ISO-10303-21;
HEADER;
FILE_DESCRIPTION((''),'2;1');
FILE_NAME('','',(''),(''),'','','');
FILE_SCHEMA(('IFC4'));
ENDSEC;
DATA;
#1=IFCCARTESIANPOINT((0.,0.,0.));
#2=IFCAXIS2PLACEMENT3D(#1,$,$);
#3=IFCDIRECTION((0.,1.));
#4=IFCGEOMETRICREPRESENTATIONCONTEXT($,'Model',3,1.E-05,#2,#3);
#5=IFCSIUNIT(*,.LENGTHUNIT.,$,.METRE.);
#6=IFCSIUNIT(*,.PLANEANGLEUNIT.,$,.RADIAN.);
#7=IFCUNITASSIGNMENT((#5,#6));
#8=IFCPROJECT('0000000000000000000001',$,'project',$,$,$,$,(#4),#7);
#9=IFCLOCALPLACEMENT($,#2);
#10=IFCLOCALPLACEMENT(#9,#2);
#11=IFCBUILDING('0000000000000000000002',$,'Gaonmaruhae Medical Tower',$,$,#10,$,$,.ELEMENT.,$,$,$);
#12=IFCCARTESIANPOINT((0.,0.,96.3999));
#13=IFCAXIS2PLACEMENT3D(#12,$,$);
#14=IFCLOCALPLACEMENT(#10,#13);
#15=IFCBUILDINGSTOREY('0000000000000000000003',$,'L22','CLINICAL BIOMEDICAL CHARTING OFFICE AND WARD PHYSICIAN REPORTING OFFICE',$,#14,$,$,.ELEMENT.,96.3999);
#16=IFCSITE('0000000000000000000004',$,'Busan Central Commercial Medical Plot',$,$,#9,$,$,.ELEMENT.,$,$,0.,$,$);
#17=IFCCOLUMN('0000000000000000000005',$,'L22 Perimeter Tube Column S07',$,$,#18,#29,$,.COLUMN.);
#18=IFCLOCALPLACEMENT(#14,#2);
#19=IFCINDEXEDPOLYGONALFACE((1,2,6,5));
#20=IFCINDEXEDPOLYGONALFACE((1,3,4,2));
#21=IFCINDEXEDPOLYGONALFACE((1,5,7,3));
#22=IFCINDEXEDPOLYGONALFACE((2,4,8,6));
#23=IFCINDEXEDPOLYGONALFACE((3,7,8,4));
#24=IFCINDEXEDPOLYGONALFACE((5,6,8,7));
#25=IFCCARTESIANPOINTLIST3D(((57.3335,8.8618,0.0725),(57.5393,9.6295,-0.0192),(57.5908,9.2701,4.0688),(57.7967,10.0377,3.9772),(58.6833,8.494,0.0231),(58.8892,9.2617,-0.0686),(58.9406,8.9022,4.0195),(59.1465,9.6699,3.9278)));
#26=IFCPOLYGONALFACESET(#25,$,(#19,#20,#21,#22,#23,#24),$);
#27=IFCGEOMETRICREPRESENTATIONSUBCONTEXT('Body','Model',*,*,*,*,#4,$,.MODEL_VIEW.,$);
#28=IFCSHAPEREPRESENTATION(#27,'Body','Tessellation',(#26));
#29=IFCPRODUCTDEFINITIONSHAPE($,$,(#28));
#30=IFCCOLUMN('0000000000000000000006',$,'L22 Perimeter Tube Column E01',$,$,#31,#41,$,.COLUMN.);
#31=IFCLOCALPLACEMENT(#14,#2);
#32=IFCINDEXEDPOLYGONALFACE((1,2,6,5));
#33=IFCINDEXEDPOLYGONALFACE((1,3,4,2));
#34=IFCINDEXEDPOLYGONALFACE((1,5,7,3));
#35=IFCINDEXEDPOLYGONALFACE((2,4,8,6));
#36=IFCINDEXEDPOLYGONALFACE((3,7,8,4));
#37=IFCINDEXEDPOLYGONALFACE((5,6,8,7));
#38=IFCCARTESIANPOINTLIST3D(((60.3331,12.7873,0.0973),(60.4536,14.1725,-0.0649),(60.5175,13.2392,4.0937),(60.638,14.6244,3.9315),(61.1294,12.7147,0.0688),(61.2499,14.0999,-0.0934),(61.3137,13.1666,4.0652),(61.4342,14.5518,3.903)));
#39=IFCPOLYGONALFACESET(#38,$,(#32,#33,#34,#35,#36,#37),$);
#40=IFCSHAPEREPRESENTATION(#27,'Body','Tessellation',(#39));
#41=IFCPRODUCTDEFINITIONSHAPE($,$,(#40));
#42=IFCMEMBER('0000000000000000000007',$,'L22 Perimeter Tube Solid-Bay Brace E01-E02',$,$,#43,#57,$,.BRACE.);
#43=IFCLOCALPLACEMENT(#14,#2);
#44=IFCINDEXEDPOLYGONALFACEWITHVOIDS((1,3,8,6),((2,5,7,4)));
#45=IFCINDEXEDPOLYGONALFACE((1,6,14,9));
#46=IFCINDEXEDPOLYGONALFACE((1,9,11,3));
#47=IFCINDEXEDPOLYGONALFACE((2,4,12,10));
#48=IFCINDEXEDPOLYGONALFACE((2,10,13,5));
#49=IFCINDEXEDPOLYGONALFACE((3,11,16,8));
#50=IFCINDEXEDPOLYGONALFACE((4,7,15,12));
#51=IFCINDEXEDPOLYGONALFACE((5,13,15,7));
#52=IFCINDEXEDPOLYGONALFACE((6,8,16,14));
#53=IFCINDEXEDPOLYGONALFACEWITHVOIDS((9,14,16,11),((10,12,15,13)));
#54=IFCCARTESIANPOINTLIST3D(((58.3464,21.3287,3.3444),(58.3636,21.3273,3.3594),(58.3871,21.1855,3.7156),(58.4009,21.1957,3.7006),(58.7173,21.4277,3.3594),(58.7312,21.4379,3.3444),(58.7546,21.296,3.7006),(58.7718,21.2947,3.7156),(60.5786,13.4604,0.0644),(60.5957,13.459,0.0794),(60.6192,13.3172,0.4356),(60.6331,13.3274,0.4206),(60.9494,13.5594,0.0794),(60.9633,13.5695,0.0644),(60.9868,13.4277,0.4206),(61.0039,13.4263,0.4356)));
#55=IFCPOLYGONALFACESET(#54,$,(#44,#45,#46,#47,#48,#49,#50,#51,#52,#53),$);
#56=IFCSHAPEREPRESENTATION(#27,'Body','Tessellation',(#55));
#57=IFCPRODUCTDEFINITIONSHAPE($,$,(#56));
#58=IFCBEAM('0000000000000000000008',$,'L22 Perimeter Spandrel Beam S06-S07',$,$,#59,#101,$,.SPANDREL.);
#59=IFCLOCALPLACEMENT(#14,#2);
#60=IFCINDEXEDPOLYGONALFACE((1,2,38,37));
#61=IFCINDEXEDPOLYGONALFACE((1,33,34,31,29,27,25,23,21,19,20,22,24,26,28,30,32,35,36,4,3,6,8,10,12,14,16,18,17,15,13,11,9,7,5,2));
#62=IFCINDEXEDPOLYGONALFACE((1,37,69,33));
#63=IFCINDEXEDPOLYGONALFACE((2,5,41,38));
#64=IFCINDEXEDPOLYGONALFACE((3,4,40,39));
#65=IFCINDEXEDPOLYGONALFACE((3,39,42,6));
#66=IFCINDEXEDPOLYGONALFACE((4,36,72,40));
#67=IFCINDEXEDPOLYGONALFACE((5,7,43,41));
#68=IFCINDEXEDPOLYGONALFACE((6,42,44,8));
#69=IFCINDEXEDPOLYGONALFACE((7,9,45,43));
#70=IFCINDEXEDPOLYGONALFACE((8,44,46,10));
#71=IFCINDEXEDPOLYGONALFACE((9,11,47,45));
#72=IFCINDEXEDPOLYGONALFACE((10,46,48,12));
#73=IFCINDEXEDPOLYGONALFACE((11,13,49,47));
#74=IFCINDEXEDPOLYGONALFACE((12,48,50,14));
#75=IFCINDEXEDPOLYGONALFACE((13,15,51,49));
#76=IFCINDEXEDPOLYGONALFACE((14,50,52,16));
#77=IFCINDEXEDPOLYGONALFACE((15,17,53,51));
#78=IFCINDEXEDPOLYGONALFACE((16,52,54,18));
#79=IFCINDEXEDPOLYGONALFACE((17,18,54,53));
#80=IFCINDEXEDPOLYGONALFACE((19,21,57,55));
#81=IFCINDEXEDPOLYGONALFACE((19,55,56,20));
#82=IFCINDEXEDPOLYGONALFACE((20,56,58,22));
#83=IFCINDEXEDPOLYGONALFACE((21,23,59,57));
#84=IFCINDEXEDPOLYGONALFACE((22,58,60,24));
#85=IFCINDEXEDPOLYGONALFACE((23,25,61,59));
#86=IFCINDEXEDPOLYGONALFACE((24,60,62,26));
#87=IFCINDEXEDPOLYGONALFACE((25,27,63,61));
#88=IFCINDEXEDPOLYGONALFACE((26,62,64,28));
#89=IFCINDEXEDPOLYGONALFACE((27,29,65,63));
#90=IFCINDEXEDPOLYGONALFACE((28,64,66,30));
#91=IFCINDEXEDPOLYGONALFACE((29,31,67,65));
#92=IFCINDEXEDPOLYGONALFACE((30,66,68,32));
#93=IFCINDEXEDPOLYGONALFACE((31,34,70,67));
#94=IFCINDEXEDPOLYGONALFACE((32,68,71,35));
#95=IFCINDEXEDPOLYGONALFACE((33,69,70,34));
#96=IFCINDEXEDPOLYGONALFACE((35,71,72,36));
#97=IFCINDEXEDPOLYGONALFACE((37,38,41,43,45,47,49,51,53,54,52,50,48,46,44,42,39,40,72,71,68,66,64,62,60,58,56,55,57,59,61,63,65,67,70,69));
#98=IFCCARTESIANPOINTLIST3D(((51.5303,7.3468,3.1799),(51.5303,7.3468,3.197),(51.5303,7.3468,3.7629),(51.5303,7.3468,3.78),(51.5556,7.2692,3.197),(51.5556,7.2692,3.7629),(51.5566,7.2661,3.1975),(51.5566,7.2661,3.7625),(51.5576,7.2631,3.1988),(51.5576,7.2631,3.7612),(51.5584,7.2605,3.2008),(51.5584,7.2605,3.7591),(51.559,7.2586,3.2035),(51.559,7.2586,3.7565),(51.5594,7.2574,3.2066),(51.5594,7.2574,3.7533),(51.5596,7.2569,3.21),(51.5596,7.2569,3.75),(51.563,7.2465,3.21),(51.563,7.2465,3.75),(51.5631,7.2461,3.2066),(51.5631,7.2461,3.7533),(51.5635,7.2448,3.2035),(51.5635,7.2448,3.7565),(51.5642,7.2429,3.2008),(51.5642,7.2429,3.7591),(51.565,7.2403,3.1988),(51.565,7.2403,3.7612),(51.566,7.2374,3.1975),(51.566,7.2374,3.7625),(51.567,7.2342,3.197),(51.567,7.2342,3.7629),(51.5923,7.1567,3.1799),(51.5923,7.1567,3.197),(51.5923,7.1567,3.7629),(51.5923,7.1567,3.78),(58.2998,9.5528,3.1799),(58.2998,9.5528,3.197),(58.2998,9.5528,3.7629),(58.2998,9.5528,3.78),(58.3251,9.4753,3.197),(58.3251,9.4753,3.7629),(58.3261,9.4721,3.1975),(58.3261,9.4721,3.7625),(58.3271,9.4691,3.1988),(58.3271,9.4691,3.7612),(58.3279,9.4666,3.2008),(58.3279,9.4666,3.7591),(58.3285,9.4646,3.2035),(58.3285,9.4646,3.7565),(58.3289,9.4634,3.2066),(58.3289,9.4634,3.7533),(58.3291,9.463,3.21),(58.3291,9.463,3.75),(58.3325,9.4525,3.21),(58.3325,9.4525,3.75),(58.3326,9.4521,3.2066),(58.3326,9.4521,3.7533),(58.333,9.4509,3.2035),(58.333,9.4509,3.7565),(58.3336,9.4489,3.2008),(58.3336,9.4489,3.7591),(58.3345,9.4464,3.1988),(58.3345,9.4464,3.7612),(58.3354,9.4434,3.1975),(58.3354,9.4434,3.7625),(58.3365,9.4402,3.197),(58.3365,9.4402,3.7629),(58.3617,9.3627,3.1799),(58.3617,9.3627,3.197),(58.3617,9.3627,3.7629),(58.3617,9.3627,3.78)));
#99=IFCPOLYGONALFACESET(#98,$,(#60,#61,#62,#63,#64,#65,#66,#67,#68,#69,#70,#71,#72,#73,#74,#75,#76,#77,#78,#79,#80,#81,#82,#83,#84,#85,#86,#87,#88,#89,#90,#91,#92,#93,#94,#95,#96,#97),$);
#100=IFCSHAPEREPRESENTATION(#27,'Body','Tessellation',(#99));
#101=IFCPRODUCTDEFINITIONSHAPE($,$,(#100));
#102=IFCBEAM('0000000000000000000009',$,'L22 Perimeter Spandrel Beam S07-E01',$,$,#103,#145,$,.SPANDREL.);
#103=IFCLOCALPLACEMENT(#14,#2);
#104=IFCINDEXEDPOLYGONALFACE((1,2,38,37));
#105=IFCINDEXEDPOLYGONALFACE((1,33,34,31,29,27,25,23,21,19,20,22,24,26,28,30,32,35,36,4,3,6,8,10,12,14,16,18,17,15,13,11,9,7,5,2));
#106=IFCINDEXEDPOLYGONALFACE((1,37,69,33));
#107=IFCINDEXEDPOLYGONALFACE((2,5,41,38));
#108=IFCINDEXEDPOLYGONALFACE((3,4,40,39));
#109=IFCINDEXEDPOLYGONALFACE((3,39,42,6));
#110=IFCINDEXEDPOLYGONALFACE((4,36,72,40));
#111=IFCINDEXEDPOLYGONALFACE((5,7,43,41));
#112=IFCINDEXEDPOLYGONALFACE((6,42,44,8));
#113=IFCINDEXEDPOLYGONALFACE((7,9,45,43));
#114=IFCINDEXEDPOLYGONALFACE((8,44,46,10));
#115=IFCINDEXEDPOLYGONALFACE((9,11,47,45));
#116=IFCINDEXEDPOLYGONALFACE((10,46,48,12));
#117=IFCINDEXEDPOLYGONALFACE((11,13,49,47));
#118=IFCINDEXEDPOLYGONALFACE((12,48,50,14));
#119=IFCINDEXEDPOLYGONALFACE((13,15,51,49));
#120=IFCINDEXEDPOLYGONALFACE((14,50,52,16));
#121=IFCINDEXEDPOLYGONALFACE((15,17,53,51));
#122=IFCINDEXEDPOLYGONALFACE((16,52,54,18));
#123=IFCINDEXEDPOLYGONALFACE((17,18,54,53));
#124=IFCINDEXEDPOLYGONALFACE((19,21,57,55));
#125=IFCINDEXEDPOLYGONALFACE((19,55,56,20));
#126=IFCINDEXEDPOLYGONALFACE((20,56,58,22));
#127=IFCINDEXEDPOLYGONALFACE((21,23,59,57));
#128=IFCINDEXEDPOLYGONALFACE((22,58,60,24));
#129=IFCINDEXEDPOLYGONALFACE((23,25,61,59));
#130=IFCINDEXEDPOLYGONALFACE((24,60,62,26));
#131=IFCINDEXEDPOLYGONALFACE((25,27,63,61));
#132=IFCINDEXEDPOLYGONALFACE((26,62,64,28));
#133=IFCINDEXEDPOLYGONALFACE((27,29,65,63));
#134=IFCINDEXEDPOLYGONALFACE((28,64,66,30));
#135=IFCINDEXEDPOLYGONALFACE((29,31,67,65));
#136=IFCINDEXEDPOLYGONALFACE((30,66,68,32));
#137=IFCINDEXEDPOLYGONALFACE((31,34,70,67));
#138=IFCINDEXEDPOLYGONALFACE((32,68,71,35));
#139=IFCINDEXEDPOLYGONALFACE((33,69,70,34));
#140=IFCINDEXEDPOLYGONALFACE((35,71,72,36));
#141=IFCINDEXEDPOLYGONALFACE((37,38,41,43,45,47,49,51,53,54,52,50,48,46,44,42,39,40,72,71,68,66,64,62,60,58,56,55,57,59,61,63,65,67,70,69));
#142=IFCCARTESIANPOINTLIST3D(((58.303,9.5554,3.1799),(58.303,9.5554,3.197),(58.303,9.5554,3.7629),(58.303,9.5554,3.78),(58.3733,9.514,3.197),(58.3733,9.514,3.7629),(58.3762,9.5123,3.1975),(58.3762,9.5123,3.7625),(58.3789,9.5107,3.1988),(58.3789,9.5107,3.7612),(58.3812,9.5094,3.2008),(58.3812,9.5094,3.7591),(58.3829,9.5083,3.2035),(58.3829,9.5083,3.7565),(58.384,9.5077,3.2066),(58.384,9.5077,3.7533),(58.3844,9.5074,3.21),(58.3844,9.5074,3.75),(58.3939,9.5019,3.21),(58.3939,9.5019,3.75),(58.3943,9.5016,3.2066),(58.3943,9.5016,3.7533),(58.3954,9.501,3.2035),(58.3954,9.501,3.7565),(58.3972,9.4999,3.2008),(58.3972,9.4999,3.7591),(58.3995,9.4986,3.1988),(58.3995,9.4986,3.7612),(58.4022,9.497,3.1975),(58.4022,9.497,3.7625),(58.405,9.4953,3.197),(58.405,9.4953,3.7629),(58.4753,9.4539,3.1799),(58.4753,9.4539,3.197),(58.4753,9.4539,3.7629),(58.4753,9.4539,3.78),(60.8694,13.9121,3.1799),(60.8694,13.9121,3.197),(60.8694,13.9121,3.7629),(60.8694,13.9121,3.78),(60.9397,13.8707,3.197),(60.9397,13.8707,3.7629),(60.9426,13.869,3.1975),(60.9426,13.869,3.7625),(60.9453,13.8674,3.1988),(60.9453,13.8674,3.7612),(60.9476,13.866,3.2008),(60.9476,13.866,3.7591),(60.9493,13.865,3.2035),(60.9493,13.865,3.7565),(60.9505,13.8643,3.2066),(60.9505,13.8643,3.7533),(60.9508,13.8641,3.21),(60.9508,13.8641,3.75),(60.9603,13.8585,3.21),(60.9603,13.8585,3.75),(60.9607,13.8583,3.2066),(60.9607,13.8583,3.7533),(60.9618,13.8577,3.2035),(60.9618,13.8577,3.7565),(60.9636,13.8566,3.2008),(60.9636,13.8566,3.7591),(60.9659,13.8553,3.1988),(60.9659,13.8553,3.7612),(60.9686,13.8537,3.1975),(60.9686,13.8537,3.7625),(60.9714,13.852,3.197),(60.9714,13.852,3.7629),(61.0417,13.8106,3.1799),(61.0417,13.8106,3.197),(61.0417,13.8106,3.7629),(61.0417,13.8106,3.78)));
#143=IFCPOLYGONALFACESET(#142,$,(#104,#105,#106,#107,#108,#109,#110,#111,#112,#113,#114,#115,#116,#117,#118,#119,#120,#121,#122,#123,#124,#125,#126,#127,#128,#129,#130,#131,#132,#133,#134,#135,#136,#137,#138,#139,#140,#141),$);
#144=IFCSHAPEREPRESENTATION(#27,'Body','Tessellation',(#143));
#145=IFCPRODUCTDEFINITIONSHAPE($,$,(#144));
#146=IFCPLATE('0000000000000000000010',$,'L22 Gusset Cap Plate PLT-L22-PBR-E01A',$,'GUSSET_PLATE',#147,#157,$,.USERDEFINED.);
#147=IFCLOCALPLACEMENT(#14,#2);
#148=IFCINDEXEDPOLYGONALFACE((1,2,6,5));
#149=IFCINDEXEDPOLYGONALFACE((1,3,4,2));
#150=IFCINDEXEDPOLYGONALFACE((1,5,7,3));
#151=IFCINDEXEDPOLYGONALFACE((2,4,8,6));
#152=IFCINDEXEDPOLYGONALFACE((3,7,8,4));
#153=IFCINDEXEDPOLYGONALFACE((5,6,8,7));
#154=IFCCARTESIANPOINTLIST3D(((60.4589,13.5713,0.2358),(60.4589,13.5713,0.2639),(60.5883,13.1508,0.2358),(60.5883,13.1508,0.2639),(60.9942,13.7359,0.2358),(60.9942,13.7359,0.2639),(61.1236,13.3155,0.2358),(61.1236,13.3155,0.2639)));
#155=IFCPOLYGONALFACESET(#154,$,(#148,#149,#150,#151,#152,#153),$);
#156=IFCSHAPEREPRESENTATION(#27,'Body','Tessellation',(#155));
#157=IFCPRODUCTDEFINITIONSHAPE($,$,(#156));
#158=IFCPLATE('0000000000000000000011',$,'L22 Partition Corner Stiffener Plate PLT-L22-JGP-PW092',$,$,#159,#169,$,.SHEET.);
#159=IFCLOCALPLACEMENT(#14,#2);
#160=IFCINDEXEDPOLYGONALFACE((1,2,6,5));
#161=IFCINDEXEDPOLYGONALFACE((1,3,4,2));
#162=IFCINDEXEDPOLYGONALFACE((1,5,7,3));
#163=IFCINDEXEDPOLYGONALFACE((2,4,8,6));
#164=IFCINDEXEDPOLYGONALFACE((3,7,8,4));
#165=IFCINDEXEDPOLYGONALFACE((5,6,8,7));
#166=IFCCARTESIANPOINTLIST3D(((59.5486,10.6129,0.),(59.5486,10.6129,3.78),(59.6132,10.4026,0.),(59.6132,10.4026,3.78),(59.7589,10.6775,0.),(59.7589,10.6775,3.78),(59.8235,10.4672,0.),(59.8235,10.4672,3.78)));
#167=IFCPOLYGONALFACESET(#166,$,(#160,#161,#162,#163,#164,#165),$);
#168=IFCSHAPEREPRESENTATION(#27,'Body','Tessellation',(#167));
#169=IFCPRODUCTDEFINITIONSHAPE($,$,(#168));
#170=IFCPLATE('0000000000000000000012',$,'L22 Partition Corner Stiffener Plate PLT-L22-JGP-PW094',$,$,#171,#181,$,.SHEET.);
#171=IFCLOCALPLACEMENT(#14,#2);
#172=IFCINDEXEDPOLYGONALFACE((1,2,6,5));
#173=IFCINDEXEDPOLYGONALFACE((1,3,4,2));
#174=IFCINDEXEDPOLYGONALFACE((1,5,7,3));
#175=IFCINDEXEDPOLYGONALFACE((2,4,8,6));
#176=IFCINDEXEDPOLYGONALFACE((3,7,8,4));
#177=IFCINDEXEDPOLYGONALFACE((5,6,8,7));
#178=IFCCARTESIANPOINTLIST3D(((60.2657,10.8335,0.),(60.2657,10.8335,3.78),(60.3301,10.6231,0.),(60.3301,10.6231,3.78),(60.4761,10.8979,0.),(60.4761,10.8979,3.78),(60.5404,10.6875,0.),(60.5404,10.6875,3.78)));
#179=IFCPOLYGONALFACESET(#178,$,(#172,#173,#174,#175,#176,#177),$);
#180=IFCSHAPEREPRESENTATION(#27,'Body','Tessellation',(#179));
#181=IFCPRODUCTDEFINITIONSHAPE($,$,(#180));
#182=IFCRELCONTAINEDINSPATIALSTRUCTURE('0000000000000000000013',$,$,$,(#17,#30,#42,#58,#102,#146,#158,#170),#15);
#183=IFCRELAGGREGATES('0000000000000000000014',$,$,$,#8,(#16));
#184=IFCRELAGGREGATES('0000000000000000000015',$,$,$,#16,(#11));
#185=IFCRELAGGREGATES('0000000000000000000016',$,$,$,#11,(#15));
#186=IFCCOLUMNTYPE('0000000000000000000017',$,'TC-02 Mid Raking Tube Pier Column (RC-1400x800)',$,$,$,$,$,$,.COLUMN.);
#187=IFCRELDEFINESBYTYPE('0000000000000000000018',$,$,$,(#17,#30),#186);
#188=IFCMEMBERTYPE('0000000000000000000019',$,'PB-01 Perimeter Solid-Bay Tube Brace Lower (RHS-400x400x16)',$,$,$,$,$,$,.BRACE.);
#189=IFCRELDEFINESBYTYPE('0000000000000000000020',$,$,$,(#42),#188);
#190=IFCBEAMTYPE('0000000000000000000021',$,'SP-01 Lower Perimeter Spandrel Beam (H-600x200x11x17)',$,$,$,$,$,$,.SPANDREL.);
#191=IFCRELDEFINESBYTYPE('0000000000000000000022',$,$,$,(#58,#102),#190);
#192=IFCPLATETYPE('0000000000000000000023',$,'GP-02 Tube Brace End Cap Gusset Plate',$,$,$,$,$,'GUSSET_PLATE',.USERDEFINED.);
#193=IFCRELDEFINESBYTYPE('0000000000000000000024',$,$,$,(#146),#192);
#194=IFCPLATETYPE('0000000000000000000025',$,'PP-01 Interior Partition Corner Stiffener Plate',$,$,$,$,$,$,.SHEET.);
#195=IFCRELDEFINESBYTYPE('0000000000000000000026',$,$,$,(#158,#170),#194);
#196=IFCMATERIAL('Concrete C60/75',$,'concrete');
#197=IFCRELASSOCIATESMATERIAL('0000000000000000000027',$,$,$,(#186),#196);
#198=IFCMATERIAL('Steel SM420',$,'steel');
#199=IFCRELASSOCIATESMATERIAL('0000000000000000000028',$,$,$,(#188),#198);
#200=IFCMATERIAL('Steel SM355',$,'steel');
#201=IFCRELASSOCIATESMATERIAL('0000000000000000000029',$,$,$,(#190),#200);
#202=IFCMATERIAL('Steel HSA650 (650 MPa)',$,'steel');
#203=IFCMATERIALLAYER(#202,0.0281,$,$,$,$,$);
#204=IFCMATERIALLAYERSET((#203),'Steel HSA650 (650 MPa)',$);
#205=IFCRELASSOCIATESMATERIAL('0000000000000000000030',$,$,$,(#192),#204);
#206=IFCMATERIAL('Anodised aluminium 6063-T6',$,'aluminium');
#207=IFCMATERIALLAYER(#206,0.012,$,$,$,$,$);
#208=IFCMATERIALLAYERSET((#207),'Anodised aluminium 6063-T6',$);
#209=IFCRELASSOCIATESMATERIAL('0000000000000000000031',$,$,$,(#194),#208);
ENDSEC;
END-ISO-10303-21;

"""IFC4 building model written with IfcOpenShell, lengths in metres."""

from ifc_helpers import new_model, si_unit, direction, frame, origin, origin_2d, place, context, subcontext, project, spatial, rectangle, hollow_rectangle, i_section, extrude, material, layer, layer_set, material_profile, profile_set, type_object, element, save


model = new_model("IFC4")

# Units and contexts
model_context = context("Model", 3, precision=1e-05, world=origin(), true_north=direction((0.0, 1.0)))
body_context = subcontext(model_context, "Body", "Model", "MODEL_VIEW")
ifc_project = project(units=[si_unit("LENGTHUNIT", "METRE"), si_unit("PLANEANGLEUNIT", "RADIAN")], contexts=[model_context])

# Site, building, storey
site_placement = place(None, origin())
site = spatial("IfcSite", under=ifc_project, at=site_placement, Name="Busan Central Commercial Medical Plot", CompositionType="ELEMENT", RefElevation=0.0)
building_placement = place(site_placement, origin())
building = spatial("IfcBuilding", under=site, at=building_placement, Name="Gaonmaruhae Medical Tower", CompositionType="ELEMENT")
storey_placement = place(building_placement, frame((0.0, 0.0, 96.3999)))
storey = spatial("IfcBuildingStorey", under=building, at=storey_placement, Name="L22", Description="CLINICAL BIOMEDICAL CHARTING OFFICE AND WARD PHYSICIAN REPORTING OFFICE", CompositionType="ELEMENT", Elevation=96.3999)

# Columns
ifc_material_1 = material(Name="Concrete C60/75", Category="concrete")
ifc_material_profile_1 = material_profile(ifc_material_1, rectangle(XDim=1.3999, YDim=0.8, at=origin_2d()), Name="RC-1400x800")
ifc_profile_set_1 = profile_set([ifc_material_profile_1], Name="Concrete C60/75")
column_type = type_object("IfcColumnType", Name="TC-02 Mid Raking Tube Pier Column (RC-1400x800)", PredefinedType="COLUMN", material=ifc_profile_set_1)
column_1_placement = place(storey_placement, frame((58.1113, 9.0618, 0.002), z_axis=(0.063926, 0.101408, 0.992789), x_axis=(-0.964221, 0.262747, 0.035248)))
element("IfcColumn", 1, at=column_1_placement, inside=storey, type_object=column_type, Name="L22 Perimeter Tube Column S07", PredefinedType="COLUMN", context=body_context, shape_type="SweptSolid", body=[
    extrude(rectangle(XDim=1.3999, YDim=0.8, at=origin_2d()), origin(), (0.0, 0.0, 1.0), 4.0254),
])
column_2_placement = place(storey_placement, frame((60.7915, 13.4436, 0.002), z_axis=(0.045784, 0.112246, 0.992625), x_axis=(-0.086057, -0.98953, 0.115865)))
element("IfcColumn", 2, at=column_2_placement, inside=storey, type_object=column_type, Name="L22 Perimeter Tube Column E01", PredefinedType="COLUMN", context=body_context, shape_type="SweptSolid", body=[
    extrude(rectangle(XDim=1.3999, YDim=0.8, at=origin_2d()), origin(), (0.0, 0.0, 1.0), 4.0261),
])

# Member
ifc_material_2 = material(Name="Steel SM420", Category="steel")
ifc_material_profile_2 = material_profile(ifc_material_2, hollow_rectangle(XDim=0.3999, YDim=0.3999, WallThickness=0.0161, at=origin_2d()), Name="RHS-400x400x16")
ifc_profile_set_2 = profile_set([ifc_material_profile_2], Name="Steel SM420")
member_type = type_object("IfcMemberType", Name="PB-01 Perimeter Solid-Bay Tube Brace Lower (RHS-400x400x16)", PredefinedType="BRACE", material=ifc_profile_set_2)
member_placement = place(storey_placement, frame((60.7913, 13.4434, 0.25), z_axis=(-0.253308, 0.89291, 0.372219), x_axis=(-0.962037, -0.272919, 0.0)))
element("IfcMember", 3, at=member_placement, inside=storey, type_object=member_type, Name="L22 Perimeter Tube Solid-Bay Brace E01-E02", PredefinedType="BRACE", context=body_context, shape_type="SweptSolid", body=[
    extrude(hollow_rectangle(XDim=0.3999, YDim=0.3999, WallThickness=0.0161, at=origin_2d()), origin(), (0.0, 0.0, 1.0), 8.812),
])

# Beams
ifc_material_3 = material(Name="Steel SM355", Category="steel")
ifc_material_profile_3 = material_profile(ifc_material_3, i_section(OverallWidth=0.2, OverallDepth=0.6001, WebThickness=0.011, FlangeThickness=0.0171, FilletRadius=0.0129, at=origin_2d()), Name="H-600x200x11x17")
ifc_profile_set_3 = profile_set([ifc_material_profile_3], Name="Steel SM355")
beam_type = type_object("IfcBeamType", Name="SP-01 Lower Perimeter Spandrel Beam (H-600x200x11x17)", PredefinedType="SPANDREL", material=ifc_profile_set_3)
beam_1_placement = place(storey_placement, frame((51.5613, 7.2517, 3.48), z_axis=(0.950788, 0.309843, 0.0), x_axis=(-0.309843, 0.950788, 0.0)))
element("IfcBeam", 4, at=beam_1_placement, inside=storey, type_object=beam_type, Name="L22 Perimeter Spandrel Beam S06-S07", PredefinedType="SPANDREL", context=body_context, shape_type="SweptSolid", body=[
    extrude(i_section(OverallWidth=0.2, OverallDepth=0.6001, WebThickness=0.011, FlangeThickness=0.0171, FilletRadius=0.0129, at=origin_2d()), origin(), (0.0, 0.0, 1.0), 7.1199),
])
beam_2_placement = place(storey_placement, frame((58.3892, 9.5046, 3.48), z_axis=(0.507556, 0.861619, 0.0), x_axis=(-0.861619, 0.507556, 0.0)))
element("IfcBeam", 5, at=beam_2_placement, inside=storey, type_object=beam_type, Name="L22 Perimeter Spandrel Beam S07-E01", PredefinedType="SPANDREL", context=body_context, shape_type="SweptSolid", body=[
    extrude(i_section(OverallWidth=0.2, OverallDepth=0.6001, WebThickness=0.011, FlangeThickness=0.0171, FilletRadius=0.0129, at=origin_2d()), origin(), (0.0, 0.0, 1.0), 5.0564),
])

# Plates
ifc_material_4 = material(Name="Steel HSA650 (650 MPa)", Category="steel")
ifc_layer_1 = layer(ifc_material_4, 0.0281)
ifc_layer_set_1 = layer_set([ifc_layer_1], Name="Steel HSA650 (650 MPa)")
plate_type_1 = type_object("IfcPlateType", Name="GP-02 Tube Brace End Cap Gusset Plate", ElementType="GUSSET_PLATE", PredefinedType="USERDEFINED", material=ifc_layer_set_1)
plate_placement = place(storey_placement, frame((60.7913, 13.4434, 0.2358), z_axis=(0.0, 0.0, 1.0), x_axis=(0.955793, 0.29404, 0.0)))
element("IfcPlate", 6, at=plate_placement, inside=storey, type_object=plate_type_1, Name="L22 Gusset Cap Plate PLT-L22-PBR-E01A", ObjectType="GUSSET_PLATE", PredefinedType="USERDEFINED", context=body_context, shape_type="SweptSolid", body=[
    extrude(rectangle(XDim=0.5601, YDim=0.4399, at=origin_2d()), origin(), (0.0, 0.0, 1.0), 0.0281),
])
ifc_material_5 = material(Name="Anodised aluminium 6063-T6", Category="aluminium")
ifc_layer_2 = layer(ifc_material_5, 0.012)
ifc_layer_set_2 = layer_set([ifc_layer_2], Name="Anodised aluminium 6063-T6")
plate_type_2 = type_object("IfcPlateType", Name="PP-01 Interior Partition Corner Stiffener Plate", PredefinedType="SHEET", material=ifc_layer_set_2)
for number, where, z_axis, x_axis, name in (
    (7, (59.686, 10.54, 0.0), (0.0, 0.0, 1.0), (-0.955916, -0.29364, 0.0), "L22 Partition Corner Stiffener Plate PLT-L22-JGP-PW092"),
    (8, (60.4031, 10.7605, 0.0), (0.0, 0.0, 1.0), (-0.956238, -0.292589, 0.0), "L22 Partition Corner Stiffener Plate PLT-L22-JGP-PW094"),
):
    element("IfcPlate", number, at=place(storey_placement, frame(where, z_axis=z_axis, x_axis=x_axis)), inside=storey, type_object=plate_type_2, Name=name, PredefinedType="SHEET", context=body_context, shape_type="SweptSolid", body=[
        extrude(rectangle(XDim=0.22, YDim=0.22, at=origin_2d()), origin(), (0.0, 0.0, 1.0), 3.78),
    ])

save(model, "model.ifc")
